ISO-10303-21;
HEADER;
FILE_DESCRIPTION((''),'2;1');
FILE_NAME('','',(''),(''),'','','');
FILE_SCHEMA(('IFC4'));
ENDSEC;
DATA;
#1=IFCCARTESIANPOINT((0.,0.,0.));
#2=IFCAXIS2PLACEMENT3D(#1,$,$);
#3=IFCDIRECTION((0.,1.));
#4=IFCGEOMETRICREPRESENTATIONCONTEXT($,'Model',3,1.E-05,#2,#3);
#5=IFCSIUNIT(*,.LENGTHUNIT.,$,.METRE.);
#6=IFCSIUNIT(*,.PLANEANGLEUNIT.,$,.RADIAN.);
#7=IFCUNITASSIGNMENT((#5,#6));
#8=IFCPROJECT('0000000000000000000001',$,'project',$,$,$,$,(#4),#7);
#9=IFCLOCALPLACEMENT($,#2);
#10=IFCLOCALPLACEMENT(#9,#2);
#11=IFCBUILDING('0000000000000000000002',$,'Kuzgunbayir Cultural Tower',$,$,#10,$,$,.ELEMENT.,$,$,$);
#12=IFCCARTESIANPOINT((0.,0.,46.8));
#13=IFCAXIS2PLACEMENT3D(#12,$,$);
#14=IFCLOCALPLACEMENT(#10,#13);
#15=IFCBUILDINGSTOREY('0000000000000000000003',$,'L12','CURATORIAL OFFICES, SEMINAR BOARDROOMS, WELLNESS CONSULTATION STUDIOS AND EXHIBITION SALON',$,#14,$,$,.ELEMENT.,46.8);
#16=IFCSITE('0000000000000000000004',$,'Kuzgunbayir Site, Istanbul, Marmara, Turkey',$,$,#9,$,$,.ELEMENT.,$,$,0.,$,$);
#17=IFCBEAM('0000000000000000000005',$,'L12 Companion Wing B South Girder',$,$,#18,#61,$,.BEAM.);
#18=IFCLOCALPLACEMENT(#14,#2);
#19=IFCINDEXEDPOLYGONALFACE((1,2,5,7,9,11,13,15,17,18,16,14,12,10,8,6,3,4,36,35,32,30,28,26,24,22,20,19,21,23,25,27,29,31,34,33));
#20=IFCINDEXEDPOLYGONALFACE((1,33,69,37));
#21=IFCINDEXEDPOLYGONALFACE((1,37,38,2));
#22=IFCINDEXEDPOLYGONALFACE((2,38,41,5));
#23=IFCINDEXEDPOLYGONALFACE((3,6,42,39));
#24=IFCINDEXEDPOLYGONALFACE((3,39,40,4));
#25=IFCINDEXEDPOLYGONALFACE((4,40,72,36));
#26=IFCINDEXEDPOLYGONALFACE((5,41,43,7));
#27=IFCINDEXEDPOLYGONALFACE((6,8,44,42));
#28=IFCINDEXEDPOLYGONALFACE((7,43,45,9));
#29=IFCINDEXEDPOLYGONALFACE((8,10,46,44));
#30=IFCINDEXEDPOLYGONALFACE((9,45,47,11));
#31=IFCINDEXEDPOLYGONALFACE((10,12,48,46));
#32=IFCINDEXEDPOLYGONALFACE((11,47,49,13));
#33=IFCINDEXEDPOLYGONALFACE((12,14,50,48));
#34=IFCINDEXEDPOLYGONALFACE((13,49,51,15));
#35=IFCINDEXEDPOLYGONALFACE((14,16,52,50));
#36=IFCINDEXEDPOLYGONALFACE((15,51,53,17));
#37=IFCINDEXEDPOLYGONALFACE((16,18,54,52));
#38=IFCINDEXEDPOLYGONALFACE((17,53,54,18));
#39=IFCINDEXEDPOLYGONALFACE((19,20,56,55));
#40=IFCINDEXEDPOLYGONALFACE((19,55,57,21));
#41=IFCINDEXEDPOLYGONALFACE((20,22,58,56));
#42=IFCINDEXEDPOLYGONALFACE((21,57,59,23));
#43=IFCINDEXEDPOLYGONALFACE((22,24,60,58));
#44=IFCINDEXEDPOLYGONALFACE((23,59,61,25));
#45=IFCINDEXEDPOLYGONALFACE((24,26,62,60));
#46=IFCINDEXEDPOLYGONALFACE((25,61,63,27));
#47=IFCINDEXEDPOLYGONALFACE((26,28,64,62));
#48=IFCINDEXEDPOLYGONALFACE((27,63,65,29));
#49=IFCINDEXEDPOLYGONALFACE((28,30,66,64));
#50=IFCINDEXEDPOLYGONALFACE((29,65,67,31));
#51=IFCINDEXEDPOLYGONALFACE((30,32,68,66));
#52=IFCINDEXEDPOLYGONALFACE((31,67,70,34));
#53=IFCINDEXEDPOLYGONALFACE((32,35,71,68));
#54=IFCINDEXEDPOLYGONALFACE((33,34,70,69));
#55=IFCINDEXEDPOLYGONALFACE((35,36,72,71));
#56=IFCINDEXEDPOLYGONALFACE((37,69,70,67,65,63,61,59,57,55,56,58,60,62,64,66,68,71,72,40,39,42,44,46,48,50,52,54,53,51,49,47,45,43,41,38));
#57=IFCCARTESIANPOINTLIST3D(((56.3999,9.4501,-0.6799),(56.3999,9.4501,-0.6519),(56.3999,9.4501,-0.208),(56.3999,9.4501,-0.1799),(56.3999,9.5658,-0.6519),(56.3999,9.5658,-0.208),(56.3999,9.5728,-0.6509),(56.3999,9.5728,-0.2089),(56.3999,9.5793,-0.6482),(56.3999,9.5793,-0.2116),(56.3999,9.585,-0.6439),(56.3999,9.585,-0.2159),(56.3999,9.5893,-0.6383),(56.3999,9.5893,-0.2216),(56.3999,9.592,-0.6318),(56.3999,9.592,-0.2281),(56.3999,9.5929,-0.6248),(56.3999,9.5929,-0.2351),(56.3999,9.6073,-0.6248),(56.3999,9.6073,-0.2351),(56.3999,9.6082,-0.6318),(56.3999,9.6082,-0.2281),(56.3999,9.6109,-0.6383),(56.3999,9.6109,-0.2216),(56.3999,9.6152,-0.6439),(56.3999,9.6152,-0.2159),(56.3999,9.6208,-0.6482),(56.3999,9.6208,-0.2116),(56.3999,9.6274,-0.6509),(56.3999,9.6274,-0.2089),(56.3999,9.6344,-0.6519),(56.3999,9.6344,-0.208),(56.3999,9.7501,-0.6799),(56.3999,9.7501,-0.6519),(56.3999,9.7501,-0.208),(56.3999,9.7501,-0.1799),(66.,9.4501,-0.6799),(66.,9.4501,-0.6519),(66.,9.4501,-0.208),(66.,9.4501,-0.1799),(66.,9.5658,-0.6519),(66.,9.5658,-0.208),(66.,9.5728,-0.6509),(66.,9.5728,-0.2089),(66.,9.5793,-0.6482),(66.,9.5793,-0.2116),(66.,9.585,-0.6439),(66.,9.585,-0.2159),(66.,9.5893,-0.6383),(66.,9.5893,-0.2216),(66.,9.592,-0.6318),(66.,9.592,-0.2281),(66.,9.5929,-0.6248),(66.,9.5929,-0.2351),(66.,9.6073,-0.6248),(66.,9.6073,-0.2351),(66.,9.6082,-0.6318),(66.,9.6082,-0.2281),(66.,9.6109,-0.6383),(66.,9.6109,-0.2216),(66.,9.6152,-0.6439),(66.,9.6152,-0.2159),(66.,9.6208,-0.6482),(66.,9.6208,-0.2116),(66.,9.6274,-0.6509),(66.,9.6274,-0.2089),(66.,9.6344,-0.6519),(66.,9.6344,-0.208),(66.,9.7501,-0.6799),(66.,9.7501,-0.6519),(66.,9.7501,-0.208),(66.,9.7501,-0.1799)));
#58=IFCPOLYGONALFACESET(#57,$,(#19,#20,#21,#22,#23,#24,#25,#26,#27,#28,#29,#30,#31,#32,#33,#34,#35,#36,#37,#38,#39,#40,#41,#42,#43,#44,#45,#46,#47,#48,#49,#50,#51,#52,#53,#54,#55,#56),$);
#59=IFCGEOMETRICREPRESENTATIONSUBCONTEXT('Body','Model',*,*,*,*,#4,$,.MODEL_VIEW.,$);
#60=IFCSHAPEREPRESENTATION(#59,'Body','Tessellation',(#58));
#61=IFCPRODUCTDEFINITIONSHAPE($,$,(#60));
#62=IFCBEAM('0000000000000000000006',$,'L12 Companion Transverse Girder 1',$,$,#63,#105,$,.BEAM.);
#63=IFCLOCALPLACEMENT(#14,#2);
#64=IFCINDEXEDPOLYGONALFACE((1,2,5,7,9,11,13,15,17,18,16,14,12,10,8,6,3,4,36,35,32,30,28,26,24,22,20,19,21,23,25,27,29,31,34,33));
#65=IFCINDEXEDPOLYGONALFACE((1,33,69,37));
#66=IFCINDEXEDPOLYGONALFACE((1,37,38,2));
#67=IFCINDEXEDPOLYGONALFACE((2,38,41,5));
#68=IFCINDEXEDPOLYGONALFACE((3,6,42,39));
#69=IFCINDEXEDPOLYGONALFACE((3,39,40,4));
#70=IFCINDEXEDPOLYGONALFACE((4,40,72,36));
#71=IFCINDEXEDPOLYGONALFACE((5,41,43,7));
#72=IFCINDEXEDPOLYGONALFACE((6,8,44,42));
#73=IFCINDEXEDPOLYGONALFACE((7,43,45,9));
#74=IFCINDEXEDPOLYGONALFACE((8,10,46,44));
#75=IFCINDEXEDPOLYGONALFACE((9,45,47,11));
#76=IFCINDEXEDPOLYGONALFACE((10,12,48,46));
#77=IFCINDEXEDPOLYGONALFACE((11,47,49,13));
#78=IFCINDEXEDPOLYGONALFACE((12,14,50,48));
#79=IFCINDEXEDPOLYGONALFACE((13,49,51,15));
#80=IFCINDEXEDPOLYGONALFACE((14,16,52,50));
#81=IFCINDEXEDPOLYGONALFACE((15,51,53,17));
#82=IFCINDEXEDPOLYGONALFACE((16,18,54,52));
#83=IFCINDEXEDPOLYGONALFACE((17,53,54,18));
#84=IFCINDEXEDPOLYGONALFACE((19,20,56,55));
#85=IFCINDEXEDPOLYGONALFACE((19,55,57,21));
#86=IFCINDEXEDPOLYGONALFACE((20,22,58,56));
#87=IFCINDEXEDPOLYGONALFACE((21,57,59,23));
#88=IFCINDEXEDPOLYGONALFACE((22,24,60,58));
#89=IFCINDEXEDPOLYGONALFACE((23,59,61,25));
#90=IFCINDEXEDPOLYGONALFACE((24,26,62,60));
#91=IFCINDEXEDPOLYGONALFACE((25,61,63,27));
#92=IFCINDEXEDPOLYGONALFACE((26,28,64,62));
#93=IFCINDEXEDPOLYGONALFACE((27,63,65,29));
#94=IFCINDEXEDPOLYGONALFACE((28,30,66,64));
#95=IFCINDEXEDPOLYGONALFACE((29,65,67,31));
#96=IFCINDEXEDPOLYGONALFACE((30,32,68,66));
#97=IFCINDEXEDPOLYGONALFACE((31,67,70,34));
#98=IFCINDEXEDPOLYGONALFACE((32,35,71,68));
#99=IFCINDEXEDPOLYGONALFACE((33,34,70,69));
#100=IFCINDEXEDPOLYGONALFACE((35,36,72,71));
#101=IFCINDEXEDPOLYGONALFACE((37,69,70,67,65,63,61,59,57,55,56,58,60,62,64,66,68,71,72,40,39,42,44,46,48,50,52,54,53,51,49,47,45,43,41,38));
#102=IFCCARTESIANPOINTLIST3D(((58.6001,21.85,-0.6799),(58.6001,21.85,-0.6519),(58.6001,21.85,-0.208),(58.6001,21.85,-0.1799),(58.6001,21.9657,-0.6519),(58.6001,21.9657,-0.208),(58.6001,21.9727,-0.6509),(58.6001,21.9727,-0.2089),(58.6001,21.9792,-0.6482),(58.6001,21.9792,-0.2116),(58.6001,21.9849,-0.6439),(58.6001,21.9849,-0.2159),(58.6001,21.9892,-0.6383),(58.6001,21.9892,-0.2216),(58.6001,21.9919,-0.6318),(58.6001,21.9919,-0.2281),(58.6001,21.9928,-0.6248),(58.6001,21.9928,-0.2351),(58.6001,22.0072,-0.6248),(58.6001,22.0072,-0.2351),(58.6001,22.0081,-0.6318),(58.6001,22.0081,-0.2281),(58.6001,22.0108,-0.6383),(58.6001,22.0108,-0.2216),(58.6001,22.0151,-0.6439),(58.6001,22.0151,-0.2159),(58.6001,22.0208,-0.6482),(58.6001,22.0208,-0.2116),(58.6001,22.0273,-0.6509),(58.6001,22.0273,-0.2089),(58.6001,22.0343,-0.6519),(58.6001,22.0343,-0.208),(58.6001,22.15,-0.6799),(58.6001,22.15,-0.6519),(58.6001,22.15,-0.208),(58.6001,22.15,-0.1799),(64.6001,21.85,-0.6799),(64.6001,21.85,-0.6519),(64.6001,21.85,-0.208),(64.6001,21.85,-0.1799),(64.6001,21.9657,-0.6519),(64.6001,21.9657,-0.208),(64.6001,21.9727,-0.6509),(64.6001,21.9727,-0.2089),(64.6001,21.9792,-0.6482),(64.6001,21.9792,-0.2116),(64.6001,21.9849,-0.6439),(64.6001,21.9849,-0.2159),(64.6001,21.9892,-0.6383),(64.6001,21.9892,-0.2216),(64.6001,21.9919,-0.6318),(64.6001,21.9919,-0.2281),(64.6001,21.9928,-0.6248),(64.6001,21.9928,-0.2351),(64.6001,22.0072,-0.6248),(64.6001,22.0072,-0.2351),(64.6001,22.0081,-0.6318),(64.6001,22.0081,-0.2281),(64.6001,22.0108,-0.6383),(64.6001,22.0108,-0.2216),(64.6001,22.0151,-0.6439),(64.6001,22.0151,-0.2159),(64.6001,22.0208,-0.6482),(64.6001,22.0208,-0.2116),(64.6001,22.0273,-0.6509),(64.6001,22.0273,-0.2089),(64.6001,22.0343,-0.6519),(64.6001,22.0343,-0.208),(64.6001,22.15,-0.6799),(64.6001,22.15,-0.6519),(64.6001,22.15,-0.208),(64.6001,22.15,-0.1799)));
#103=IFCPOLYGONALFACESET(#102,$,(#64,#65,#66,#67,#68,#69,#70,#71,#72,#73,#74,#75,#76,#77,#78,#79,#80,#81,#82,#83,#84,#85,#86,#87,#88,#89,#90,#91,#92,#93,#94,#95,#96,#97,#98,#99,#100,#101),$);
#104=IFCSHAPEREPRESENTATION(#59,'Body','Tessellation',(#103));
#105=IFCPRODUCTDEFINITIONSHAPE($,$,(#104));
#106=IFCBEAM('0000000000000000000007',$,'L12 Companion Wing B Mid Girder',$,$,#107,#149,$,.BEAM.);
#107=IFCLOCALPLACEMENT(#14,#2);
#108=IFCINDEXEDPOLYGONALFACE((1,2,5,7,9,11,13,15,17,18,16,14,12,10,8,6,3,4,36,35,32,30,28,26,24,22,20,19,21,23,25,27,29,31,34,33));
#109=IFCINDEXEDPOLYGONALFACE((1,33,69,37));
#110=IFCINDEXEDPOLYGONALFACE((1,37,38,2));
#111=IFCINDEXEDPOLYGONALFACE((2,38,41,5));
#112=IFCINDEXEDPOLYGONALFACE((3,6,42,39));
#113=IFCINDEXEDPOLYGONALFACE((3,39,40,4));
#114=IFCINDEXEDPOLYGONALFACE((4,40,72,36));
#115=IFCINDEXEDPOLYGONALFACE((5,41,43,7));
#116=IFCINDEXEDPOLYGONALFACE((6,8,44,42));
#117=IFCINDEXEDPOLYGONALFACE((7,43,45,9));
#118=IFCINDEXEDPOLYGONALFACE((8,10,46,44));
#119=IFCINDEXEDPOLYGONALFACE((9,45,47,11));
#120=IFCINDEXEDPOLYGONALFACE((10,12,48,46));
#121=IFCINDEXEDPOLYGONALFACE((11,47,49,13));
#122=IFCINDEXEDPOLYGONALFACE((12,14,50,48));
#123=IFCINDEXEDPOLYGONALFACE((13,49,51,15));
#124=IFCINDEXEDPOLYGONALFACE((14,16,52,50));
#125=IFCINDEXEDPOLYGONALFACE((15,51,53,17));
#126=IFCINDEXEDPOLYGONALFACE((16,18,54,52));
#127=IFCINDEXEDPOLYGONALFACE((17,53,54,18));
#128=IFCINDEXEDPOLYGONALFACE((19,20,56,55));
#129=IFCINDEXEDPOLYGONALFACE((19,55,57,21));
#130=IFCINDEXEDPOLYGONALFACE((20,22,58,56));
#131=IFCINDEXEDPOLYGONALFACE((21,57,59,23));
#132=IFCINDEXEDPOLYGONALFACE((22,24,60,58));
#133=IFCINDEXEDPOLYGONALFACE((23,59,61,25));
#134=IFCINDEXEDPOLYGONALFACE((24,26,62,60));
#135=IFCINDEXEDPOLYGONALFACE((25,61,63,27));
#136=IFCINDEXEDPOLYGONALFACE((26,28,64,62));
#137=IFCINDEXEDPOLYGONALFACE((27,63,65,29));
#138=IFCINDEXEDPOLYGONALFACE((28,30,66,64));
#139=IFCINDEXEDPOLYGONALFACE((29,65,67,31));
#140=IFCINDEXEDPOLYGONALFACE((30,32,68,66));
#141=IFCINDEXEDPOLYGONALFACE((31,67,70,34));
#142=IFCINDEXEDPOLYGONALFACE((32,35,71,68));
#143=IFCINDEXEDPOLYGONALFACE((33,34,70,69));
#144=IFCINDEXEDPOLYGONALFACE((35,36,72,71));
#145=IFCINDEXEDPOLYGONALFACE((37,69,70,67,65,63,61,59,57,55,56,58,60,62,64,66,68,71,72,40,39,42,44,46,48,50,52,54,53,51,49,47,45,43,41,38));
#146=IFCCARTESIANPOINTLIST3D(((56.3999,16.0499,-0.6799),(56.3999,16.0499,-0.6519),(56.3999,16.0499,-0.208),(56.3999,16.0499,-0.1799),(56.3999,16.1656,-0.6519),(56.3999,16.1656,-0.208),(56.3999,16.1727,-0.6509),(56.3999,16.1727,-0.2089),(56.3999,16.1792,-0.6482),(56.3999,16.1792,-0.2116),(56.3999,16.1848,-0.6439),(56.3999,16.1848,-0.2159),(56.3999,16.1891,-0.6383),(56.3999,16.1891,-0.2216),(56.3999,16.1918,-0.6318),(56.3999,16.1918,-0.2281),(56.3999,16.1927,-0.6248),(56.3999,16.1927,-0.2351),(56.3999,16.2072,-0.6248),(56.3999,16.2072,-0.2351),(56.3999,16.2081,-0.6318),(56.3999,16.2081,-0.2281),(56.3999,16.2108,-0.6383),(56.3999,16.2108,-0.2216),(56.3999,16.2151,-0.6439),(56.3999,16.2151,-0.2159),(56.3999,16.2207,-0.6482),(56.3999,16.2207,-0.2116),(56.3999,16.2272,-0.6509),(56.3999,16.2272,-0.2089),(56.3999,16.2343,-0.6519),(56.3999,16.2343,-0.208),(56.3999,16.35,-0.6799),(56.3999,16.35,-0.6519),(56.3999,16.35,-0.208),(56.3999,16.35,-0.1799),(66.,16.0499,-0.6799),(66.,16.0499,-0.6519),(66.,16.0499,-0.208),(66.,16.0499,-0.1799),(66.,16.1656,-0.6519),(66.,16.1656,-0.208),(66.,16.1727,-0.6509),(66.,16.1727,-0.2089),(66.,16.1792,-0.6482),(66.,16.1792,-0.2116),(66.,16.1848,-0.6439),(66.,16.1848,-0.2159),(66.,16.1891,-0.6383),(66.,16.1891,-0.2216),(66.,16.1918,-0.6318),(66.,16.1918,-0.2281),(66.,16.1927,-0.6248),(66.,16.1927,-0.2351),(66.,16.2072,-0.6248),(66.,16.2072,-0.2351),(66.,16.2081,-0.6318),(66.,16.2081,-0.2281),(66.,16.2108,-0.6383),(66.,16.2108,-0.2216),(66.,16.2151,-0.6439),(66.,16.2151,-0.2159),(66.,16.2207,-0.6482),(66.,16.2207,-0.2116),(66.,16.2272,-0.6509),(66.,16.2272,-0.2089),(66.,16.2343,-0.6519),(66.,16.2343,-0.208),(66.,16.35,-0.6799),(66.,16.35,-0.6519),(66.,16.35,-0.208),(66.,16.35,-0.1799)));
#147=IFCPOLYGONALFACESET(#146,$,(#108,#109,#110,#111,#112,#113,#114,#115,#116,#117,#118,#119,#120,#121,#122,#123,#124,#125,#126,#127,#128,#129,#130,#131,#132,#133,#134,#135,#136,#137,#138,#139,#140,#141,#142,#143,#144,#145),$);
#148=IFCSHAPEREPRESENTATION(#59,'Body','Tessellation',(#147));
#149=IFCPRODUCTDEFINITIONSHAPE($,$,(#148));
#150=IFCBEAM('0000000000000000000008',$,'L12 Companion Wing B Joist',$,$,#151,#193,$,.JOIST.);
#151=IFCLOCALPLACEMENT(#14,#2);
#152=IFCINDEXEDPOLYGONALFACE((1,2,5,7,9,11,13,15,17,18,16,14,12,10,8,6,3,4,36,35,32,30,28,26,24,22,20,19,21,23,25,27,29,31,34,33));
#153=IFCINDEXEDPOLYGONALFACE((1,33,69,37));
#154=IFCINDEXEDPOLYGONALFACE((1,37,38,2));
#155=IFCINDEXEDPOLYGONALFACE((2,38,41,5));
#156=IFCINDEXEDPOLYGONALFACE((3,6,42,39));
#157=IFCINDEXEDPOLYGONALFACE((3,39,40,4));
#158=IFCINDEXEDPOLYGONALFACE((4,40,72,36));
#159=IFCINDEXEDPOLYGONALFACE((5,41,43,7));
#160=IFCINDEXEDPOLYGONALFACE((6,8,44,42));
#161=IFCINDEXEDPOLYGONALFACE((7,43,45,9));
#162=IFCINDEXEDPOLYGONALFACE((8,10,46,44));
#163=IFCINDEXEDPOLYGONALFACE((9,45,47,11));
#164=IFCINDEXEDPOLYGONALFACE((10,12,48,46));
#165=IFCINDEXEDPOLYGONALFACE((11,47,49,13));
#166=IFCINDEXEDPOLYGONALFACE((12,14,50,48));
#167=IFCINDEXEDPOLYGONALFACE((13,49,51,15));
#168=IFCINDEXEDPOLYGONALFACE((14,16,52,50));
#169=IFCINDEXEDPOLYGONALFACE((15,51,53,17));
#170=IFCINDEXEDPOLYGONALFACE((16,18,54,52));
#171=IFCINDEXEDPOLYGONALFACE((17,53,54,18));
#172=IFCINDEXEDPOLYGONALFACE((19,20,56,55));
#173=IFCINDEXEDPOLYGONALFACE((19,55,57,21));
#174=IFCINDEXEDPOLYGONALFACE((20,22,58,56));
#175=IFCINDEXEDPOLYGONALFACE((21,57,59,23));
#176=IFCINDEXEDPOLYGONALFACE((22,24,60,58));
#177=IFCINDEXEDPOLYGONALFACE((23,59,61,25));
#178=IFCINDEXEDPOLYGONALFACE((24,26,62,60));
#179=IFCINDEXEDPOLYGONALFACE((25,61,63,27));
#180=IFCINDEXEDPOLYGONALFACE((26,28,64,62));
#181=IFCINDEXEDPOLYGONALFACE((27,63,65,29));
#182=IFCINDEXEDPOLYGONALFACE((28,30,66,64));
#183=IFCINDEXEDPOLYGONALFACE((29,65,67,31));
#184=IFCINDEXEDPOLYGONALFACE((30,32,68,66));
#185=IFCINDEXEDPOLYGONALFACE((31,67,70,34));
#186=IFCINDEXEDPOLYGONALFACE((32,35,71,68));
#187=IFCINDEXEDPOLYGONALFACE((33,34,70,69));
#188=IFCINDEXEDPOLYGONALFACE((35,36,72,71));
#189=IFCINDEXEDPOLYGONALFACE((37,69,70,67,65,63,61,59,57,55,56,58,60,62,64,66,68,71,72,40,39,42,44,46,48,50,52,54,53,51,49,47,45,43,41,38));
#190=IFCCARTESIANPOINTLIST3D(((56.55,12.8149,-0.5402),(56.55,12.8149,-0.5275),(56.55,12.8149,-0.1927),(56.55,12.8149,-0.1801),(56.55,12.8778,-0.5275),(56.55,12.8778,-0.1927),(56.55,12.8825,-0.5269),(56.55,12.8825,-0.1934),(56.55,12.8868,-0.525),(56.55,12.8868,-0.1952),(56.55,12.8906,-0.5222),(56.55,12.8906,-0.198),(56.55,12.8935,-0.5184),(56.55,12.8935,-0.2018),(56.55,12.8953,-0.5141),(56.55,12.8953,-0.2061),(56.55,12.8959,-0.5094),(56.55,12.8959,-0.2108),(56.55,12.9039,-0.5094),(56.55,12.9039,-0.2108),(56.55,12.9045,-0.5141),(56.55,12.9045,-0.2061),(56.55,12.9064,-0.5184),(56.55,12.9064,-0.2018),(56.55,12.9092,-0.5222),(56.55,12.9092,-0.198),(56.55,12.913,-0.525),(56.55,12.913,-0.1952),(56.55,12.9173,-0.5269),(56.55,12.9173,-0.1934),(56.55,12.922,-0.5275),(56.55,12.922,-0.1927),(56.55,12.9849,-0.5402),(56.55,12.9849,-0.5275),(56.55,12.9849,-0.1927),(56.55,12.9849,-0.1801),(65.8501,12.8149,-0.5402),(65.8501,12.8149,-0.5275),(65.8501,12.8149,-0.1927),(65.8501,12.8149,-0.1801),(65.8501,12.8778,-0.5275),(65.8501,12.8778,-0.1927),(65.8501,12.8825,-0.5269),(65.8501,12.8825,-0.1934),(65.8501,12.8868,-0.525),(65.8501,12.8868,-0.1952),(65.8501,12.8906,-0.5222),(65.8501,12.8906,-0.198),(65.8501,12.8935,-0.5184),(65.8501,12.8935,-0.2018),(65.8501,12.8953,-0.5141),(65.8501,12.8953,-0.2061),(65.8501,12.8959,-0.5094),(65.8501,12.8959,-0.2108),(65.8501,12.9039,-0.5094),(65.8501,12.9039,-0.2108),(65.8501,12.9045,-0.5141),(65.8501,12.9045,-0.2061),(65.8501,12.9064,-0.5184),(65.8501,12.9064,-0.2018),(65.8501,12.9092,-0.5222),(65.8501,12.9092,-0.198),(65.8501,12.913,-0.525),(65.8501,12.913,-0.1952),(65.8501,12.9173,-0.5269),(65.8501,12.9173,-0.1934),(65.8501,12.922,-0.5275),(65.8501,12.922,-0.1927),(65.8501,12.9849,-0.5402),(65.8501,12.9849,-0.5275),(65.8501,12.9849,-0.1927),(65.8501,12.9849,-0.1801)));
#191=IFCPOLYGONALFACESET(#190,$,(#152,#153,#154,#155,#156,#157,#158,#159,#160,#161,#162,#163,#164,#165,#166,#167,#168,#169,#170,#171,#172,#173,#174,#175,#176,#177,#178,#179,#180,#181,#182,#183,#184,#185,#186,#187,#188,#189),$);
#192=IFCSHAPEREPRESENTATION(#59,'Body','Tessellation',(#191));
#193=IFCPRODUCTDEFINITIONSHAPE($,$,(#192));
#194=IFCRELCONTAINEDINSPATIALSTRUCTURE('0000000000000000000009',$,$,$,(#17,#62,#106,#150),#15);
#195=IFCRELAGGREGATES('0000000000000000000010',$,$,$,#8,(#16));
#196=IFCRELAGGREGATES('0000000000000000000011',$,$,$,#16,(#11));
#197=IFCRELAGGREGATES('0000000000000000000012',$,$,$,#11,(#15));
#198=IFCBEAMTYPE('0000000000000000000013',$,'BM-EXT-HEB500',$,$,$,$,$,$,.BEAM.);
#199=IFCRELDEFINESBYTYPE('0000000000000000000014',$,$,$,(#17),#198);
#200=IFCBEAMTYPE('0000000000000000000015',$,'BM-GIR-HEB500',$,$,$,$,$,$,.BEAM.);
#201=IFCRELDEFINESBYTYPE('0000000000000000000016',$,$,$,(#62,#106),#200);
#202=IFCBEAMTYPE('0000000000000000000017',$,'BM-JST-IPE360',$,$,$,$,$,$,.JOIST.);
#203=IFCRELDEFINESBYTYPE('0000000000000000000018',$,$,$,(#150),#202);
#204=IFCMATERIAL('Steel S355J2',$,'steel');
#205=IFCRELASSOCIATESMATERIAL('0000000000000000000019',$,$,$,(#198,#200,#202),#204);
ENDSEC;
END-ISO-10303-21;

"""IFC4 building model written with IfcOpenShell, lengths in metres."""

from ifc_helpers import new_model, si_unit, direction, frame, origin, origin_2d, place, context, subcontext, project, spatial, i_section, extrude, material, material_profile, profile_set, type_object, element, save


model = new_model("IFC4")

# Units and contexts
model_context = context("Model", 3, precision=1e-05, world=origin(), true_north=direction((0.0, 1.0)))
body_context = subcontext(model_context, "Body", "Model", "MODEL_VIEW")
ifc_project = project(units=[si_unit("LENGTHUNIT", "METRE"), si_unit("PLANEANGLEUNIT", "RADIAN")], contexts=[model_context])

# Site, building, storey
site_placement = place(None, origin())
site = spatial("IfcSite", under=ifc_project, at=site_placement, Name="Kuzgunbayir Site, Istanbul, Marmara, Turkey", CompositionType="ELEMENT", RefElevation=0.0)
building_placement = place(site_placement, origin())
building = spatial("IfcBuilding", under=site, at=building_placement, Name="Kuzgunbayir Cultural Tower", CompositionType="ELEMENT")
storey_placement = place(building_placement, frame((0.0, 0.0, 46.8)))
storey = spatial("IfcBuildingStorey", under=building, at=storey_placement, Name="L12", Description="CURATORIAL OFFICES, SEMINAR BOARDROOMS, WELLNESS CONSULTATION STUDIOS AND EXHIBITION SALON", CompositionType="ELEMENT", Elevation=46.8)

# Beams
ifc_material_1 = material(Name="Steel S355J2", Category="steel")
ifc_material_profile_1 = material_profile(ifc_material_1, i_section(OverallWidth=0.3, OverallDepth=0.5, WebThickness=0.0144, FlangeThickness=0.0281, FilletRadius=0.0271, at=origin_2d()), Name="HEB 500")
ifc_profile_set_1 = profile_set([ifc_material_profile_1], Name="Steel S355J2")
beam_type_1 = type_object("IfcBeamType", Name="BM-EXT-HEB500", PredefinedType="BEAM", material=ifc_profile_set_1)
beam_1_placement = place(storey_placement, frame((56.3999, 9.6001, -0.4299), z_axis=(1.0, 0.0, 0.0), x_axis=(0.0, 1.0, 0.0)))
element("IfcBeam", 1, at=beam_1_placement, inside=storey, type_object=beam_type_1, Name="L12 Companion Wing B South Girder", PredefinedType="BEAM", context=body_context, shape_type="SweptSolid", body=[
    extrude(i_section(OverallWidth=0.3, OverallDepth=0.5, WebThickness=0.0144, FlangeThickness=0.0281, FilletRadius=0.0271, at=origin_2d()), origin(), (0.0, 0.0, 1.0), 9.6001),
])
ifc_material_profile_2 = material_profile(ifc_material_1, i_section(OverallWidth=0.3, OverallDepth=0.5, WebThickness=0.0144, FlangeThickness=0.0281, FilletRadius=0.0271, at=origin_2d()), Name="HEB 500")
ifc_profile_set_2 = profile_set([ifc_material_profile_2], Name="Steel S355J2")
beam_type_2 = type_object("IfcBeamType", Name="BM-GIR-HEB500", PredefinedType="BEAM", material=ifc_profile_set_2)
beam_2_placement = place(storey_placement, frame((58.6001, 22.0, -0.4299), z_axis=(1.0, 0.0, 0.0), x_axis=(0.0, 1.0, 0.0)))
element("IfcBeam", 2, at=beam_2_placement, inside=storey, type_object=beam_type_2, Name="L12 Companion Transverse Girder 1", PredefinedType="BEAM", context=body_context, shape_type="SweptSolid", body=[
    extrude(i_section(OverallWidth=0.3, OverallDepth=0.5, WebThickness=0.0144, FlangeThickness=0.0281, FilletRadius=0.0271, at=origin_2d()), origin(), (0.0, 0.0, 1.0), 6.0),
])
beam_3_placement = place(storey_placement, frame((56.3999, 16.2, -0.4299), z_axis=(1.0, 0.0, 0.0), x_axis=(0.0, 1.0, 0.0)))
element("IfcBeam", 3, at=beam_3_placement, inside=storey, type_object=beam_type_2, Name="L12 Companion Wing B Mid Girder", PredefinedType="BEAM", context=body_context, shape_type="SweptSolid", body=[
    extrude(i_section(OverallWidth=0.3, OverallDepth=0.5, WebThickness=0.0144, FlangeThickness=0.0281, FilletRadius=0.0271, at=origin_2d()), origin(), (0.0, 0.0, 1.0), 9.6001),
])
ifc_material_profile_3 = material_profile(ifc_material_1, i_section(OverallWidth=0.1699, OverallDepth=0.3601, WebThickness=0.0081, FlangeThickness=0.0127, FilletRadius=0.0181, at=origin_2d()), Name="IPE 360")
ifc_profile_set_3 = profile_set([ifc_material_profile_3], Name="Steel S355J2")
beam_type_3 = type_object("IfcBeamType", Name="BM-JST-IPE360", PredefinedType="JOIST", material=ifc_profile_set_3)
beam_4_placement = place(storey_placement, frame((56.55, 12.8999, -0.3601), z_axis=(1.0, 0.0, 0.0), x_axis=(0.0, 1.0, 0.0)))
element("IfcBeam", 4, at=beam_4_placement, inside=storey, type_object=beam_type_3, Name="L12 Companion Wing B Joist", PredefinedType="JOIST", context=body_context, shape_type="SweptSolid", body=[
    extrude(i_section(OverallWidth=0.1699, OverallDepth=0.3601, WebThickness=0.0081, FlangeThickness=0.0127, FilletRadius=0.0181, at=origin_2d()), origin(), (0.0, 0.0, 1.0), 9.3),
])

save(model, "model.ifc")
